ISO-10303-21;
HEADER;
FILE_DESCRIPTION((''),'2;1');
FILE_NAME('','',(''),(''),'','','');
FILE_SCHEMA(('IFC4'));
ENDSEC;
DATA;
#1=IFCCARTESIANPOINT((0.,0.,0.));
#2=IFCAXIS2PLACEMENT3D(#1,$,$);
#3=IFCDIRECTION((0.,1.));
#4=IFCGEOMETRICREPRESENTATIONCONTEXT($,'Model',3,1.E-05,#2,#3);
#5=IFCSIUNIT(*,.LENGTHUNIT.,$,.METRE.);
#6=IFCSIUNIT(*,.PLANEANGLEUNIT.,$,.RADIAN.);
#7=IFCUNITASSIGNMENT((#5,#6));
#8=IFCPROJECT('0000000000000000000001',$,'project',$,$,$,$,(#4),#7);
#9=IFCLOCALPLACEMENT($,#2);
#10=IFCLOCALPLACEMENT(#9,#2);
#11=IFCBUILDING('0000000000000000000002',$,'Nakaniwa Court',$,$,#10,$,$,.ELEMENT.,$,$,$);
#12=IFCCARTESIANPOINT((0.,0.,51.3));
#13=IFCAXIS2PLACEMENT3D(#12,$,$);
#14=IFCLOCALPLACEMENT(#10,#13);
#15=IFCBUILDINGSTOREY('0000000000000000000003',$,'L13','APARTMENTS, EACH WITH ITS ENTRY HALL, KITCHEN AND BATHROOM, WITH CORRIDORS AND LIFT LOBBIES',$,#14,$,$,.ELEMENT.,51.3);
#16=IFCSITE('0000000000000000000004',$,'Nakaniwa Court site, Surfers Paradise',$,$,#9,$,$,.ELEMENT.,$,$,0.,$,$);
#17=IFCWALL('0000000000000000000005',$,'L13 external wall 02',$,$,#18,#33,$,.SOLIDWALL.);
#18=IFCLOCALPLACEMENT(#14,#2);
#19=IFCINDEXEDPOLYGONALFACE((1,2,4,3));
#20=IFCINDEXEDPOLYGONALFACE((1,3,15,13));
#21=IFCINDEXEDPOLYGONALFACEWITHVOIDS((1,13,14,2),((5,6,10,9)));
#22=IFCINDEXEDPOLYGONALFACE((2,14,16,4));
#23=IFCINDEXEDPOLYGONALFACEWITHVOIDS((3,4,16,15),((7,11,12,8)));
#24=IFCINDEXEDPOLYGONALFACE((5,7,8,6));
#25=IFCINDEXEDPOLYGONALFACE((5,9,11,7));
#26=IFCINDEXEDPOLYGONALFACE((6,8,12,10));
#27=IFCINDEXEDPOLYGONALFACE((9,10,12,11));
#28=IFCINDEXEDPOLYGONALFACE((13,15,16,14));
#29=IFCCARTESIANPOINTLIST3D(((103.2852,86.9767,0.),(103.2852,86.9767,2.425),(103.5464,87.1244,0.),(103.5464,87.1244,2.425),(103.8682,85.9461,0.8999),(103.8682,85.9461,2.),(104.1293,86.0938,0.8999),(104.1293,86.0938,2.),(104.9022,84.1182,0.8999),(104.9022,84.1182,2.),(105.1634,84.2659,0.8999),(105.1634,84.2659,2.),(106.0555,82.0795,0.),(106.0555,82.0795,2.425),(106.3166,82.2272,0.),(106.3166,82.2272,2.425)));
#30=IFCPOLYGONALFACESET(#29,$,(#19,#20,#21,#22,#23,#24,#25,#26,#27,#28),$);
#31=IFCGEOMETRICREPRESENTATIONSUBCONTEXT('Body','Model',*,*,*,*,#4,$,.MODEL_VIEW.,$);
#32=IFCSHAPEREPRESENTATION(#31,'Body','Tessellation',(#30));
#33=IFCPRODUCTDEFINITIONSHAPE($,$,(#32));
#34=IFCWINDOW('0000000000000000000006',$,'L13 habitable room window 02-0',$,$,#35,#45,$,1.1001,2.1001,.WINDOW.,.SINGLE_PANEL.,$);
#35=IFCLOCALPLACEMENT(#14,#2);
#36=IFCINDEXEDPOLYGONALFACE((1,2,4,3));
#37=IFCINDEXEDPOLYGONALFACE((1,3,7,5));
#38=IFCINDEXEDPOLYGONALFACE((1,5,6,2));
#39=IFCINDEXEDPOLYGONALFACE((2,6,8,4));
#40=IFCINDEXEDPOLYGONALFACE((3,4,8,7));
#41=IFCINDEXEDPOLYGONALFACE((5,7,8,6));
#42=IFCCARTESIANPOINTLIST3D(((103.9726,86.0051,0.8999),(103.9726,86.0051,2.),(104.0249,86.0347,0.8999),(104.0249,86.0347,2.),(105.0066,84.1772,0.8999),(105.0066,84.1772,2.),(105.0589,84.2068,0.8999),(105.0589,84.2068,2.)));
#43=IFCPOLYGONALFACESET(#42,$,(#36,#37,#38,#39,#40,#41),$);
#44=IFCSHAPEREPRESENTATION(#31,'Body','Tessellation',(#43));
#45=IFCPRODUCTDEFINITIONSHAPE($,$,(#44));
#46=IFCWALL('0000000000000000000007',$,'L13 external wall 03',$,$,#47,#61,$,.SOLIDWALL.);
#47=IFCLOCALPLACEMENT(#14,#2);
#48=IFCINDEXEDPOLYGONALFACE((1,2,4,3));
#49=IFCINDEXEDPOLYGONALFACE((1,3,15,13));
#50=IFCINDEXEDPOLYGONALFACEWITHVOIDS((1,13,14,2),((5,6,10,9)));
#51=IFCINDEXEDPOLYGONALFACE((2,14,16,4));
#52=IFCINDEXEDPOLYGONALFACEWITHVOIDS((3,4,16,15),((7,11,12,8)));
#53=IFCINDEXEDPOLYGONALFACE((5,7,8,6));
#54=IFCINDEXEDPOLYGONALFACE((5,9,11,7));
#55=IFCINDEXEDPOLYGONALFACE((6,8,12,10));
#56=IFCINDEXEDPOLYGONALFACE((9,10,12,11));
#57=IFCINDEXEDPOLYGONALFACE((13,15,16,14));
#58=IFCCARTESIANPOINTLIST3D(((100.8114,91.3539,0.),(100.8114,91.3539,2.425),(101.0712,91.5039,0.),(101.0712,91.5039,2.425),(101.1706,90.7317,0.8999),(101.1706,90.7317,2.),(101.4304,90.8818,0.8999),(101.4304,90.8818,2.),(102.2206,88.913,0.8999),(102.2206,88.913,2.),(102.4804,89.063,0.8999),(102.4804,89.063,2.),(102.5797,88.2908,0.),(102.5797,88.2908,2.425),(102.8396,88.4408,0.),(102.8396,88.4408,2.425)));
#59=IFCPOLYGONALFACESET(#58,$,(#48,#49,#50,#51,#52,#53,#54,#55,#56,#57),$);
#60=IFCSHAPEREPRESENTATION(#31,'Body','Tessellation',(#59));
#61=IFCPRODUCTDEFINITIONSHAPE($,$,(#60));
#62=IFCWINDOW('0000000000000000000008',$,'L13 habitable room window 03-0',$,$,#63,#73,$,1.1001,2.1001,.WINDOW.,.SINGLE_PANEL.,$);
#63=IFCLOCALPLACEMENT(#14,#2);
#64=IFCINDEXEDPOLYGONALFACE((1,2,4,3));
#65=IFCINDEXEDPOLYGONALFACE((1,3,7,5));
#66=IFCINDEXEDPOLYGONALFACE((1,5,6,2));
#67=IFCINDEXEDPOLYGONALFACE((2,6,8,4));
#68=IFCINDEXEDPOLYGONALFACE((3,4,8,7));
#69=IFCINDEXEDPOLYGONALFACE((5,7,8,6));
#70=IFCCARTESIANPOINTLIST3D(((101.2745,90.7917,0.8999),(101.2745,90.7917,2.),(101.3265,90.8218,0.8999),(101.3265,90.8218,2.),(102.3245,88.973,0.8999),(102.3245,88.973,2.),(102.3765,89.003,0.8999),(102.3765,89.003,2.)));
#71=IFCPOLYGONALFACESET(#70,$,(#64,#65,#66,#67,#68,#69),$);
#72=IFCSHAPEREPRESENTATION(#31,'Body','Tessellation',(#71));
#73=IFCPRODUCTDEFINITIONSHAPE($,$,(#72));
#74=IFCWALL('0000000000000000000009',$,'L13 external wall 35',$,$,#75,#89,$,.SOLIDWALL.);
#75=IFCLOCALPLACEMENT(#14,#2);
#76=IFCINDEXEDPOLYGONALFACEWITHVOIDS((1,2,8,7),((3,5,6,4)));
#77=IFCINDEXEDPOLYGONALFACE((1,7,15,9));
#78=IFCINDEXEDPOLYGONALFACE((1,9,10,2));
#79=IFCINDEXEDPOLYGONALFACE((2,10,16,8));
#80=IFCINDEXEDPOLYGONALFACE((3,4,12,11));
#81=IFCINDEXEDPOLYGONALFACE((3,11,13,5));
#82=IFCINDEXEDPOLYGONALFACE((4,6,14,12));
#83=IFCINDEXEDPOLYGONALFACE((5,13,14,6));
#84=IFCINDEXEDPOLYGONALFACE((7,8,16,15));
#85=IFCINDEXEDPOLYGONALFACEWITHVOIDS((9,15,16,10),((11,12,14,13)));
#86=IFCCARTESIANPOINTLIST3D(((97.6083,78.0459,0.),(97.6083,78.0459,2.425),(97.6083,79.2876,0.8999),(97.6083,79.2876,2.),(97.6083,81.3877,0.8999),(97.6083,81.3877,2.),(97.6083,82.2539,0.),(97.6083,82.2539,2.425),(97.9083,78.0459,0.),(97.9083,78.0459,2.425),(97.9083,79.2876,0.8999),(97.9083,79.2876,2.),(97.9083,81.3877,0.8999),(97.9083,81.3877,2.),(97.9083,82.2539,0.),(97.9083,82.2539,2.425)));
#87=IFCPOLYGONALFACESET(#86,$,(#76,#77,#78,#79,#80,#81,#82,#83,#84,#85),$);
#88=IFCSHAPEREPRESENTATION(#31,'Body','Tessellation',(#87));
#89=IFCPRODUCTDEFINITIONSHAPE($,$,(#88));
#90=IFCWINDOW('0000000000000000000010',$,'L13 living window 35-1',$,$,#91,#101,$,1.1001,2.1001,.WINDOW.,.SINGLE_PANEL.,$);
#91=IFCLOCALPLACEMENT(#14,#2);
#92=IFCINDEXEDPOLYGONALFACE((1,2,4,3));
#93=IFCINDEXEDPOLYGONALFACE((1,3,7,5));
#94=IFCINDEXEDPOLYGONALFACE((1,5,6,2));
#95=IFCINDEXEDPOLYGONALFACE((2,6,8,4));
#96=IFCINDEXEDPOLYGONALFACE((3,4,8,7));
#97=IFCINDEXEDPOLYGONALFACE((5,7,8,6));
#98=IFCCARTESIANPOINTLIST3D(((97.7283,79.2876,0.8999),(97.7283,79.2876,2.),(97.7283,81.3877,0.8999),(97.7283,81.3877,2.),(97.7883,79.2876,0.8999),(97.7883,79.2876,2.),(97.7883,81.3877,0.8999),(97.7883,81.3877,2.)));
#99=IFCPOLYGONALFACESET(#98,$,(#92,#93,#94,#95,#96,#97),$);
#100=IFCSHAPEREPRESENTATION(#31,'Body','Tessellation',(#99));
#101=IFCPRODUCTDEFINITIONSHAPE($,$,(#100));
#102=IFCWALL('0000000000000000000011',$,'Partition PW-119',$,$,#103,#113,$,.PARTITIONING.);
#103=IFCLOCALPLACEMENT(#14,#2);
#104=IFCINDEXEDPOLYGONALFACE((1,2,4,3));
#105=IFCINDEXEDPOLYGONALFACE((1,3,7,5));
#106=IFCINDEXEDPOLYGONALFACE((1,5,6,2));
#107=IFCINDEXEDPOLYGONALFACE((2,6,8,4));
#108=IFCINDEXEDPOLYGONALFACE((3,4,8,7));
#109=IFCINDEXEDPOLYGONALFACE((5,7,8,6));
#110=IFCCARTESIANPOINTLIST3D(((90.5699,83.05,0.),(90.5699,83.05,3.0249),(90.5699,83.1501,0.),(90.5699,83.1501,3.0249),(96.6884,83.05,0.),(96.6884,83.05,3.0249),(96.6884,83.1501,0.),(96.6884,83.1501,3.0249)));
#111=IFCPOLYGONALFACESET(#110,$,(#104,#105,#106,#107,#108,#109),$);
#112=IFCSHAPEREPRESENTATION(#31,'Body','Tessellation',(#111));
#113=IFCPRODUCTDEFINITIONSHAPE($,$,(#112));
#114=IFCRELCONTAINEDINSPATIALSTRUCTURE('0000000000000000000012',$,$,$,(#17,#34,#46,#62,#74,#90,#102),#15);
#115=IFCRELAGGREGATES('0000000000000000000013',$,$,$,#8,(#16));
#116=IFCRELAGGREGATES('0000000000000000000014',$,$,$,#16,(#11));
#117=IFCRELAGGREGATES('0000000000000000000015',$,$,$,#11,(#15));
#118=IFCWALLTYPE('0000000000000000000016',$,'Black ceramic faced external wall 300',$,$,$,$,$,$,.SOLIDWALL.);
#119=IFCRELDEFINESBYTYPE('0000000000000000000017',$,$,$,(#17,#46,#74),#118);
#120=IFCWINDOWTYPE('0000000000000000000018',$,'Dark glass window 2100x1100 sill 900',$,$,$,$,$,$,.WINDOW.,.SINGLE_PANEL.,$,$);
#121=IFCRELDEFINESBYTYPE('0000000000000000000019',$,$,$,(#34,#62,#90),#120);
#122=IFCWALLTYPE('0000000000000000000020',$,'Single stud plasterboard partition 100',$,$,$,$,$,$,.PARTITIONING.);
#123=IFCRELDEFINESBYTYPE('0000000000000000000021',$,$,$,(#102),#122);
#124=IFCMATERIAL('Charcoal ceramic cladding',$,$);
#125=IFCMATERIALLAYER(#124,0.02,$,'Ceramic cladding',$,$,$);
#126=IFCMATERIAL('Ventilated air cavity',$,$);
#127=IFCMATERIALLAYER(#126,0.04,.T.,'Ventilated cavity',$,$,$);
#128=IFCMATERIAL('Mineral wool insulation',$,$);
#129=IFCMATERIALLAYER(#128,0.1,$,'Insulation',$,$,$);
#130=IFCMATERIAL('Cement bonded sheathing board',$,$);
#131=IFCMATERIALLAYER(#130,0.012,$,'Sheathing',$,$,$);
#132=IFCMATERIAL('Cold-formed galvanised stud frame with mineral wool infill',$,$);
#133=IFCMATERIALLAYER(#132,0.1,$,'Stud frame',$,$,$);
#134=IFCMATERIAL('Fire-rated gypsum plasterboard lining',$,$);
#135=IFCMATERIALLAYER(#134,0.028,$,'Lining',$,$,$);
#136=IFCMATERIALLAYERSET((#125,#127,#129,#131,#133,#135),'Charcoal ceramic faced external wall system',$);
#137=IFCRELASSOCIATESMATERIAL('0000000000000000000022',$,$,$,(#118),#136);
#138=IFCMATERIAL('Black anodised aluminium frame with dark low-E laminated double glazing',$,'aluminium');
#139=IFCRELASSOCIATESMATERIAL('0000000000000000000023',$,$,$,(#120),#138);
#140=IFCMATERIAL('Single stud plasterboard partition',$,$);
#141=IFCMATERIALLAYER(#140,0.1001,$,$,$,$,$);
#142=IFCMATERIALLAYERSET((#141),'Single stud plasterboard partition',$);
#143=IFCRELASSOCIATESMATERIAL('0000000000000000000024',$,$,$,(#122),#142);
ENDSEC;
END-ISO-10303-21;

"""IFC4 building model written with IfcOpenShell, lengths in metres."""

from ifc_helpers import new_model, si_unit, direction, frame, frame_2d, origin, place, context, subcontext, project, spatial, rectangle, extrude, material, layer, layer_set, type_object, element, fill, save


model = new_model("IFC4")

# Units and contexts
model_context = context("Model", 3, precision=1e-05, world=origin(), true_north=direction((0.0, 1.0)))
body_context = subcontext(model_context, "Body", "Model", "MODEL_VIEW")
ifc_project = project(units=[si_unit("LENGTHUNIT", "METRE"), si_unit("PLANEANGLEUNIT", "RADIAN")], contexts=[model_context])

# Site, building, storey
site_placement = place(None, origin())
site = spatial("IfcSite", under=ifc_project, at=site_placement, Name="Nakaniwa Court site, Surfers Paradise", CompositionType="ELEMENT", RefElevation=0.0)
building_placement = place(site_placement, origin())
building = spatial("IfcBuilding", under=site, at=building_placement, Name="Nakaniwa Court", CompositionType="ELEMENT")
storey_placement = place(building_placement, frame((0.0, 0.0, 51.3)))
storey = spatial("IfcBuildingStorey", under=building, at=storey_placement, Name="L13", Description="APARTMENTS, EACH WITH ITS ENTRY HALL, KITCHEN AND BATHROOM, WITH CORRIDORS AND LIFT LOBBIES", CompositionType="ELEMENT", Elevation=51.3)

# Shared definitions
ifc_material_1 = material(Name="Charcoal ceramic cladding")
ifc_layer_1 = layer(ifc_material_1, 0.02, Name="Ceramic cladding")
ifc_material_2 = material(Name="Ventilated air cavity")
ifc_layer_2 = layer(ifc_material_2, 0.04, ventilated=True, Name="Ventilated cavity")
ifc_material_3 = material(Name="Mineral wool insulation")
ifc_layer_3 = layer(ifc_material_3, 0.1, Name="Insulation")
ifc_material_4 = material(Name="Cement bonded sheathing board")
ifc_layer_4 = layer(ifc_material_4, 0.012, Name="Sheathing")
ifc_material_5 = material(Name="Cold-formed galvanised stud frame with mineral wool infill")
ifc_layer_5 = layer(ifc_material_5, 0.1, Name="Stud frame")
ifc_material_6 = material(Name="Fire-rated gypsum plasterboard lining")
ifc_layer_6 = layer(ifc_material_6, 0.028, Name="Lining")
ifc_layer_set_1 = layer_set([ifc_layer_1, ifc_layer_2, ifc_layer_3, ifc_layer_4, ifc_layer_5, ifc_layer_6], Name="Charcoal ceramic faced external wall system")
wall_type_1 = type_object("IfcWallType", Name="Black ceramic faced external wall 300", PredefinedType="SOLIDWALL", material=ifc_layer_set_1)

# Walls, openings, windows
wall_1_placement = place(storey_placement, frame((106.186, 82.1533, 0.0), z_axis=(0.0, 0.0, 1.0), x_axis=(-0.492363, 0.87039, 0.0)))
wall_1 = element("IfcWall", 1, at=wall_1_placement, inside=storey, type_object=wall_type_1, Name="L13 external wall 02", PredefinedType="SOLIDWALL", context=body_context, shape_type="SweptSolid", body=[
    extrude(rectangle(XDim=5.6265, YDim=0.3, at=frame_2d((2.8132, 0.0))), origin(), (0.0, 0.0, 1.0), 2.425),
])
opening_1_placement = place(wall_1_placement, frame((2.3423, 0.0, 0.8999)))
opening_1 = element("IfcOpeningElement", 2, at=opening_1_placement, cuts=wall_1, PredefinedType="OPENING", context=body_context, shape_type="SweptSolid", body=[
    extrude(rectangle(XDim=2.1001, YDim=1.1001, at=frame_2d((1.05, 0.55))), frame((0.0, 0.1599, 0.0), z_axis=(0.0, -1.0, 0.0), x_axis=(1.0, 0.0, 0.0)), (0.0, 0.0, 1.0), 0.3201),
])
ifc_material_7 = material(Name="Black anodised aluminium frame with dark low-E laminated double glazing", Category="aluminium")
window_type = type_object("IfcWindowType", Name="Dark glass window 2100x1100 sill 900", PartitioningType="SINGLE_PANEL", PredefinedType="WINDOW", material=ifc_material_7)
window_1_placement = place(opening_1_placement, origin())
window_1 = element("IfcWindow", 3, at=window_1_placement, inside=storey, type_object=window_type, Name="L13 habitable room window 02-0", OverallHeight=1.1001, OverallWidth=2.1001, PartitioningType="SINGLE_PANEL", PredefinedType="WINDOW", context=body_context, shape_type="SweptSolid", body=[
    extrude(rectangle(XDim=2.1001, YDim=1.1001, at=frame_2d((1.05, 0.55))), frame((0.0, 0.03, 0.0), z_axis=(0.0, -1.0, 0.0), x_axis=(1.0, 0.0, 0.0)), (0.0, 0.0, 1.0), 0.0601),
])
fill(opening_1, window_1)
wall_2_placement = place(storey_placement, frame((102.7097, 88.3657, 0.0), z_axis=(0.0, 0.0, 1.0), x_axis=(-0.499977, 0.866038, 0.0)))
wall_2 = element("IfcWall", 4, at=wall_2_placement, inside=storey, type_object=wall_type_1, Name="L13 external wall 03", PredefinedType="SOLIDWALL", context=body_context, shape_type="SweptSolid", body=[
    extrude(rectangle(XDim=3.5369, YDim=0.3, at=frame_2d((1.7686, 0.0))), origin(), (0.0, 0.0, 1.0), 2.425),
])
opening_2_placement = place(wall_2_placement, frame((0.7185, 0.0, 0.8999)))
opening_2 = element("IfcOpeningElement", 5, at=opening_2_placement, cuts=wall_2, PredefinedType="OPENING", context=body_context, shape_type="SweptSolid", body=[
    extrude(rectangle(XDim=2.1001, YDim=1.1001, at=frame_2d((1.05, 0.55))), frame((0.0, 0.1599, 0.0), z_axis=(0.0, -1.0, 0.0), x_axis=(1.0, 0.0, 0.0)), (0.0, 0.0, 1.0), 0.3201),
])
window_2_placement = place(opening_2_placement, origin())
window_2 = element("IfcWindow", 6, at=window_2_placement, inside=storey, type_object=window_type, Name="L13 habitable room window 03-0", OverallHeight=1.1001, OverallWidth=2.1001, PartitioningType="SINGLE_PANEL", PredefinedType="WINDOW", context=body_context, shape_type="SweptSolid", body=[
    extrude(rectangle(XDim=2.1001, YDim=1.1001, at=frame_2d((1.05, 0.55))), frame((0.0, 0.03, 0.0), z_axis=(0.0, -1.0, 0.0), x_axis=(1.0, 0.0, 0.0)), (0.0, 0.0, 1.0), 0.0601),
])
fill(opening_2, window_2)
wall_3_placement = place(storey_placement, frame((97.7583, 78.0459, 0.0), z_axis=(0.0, 0.0, 1.0), x_axis=(0.0, 1.0, 0.0)))
wall_3 = element("IfcWall", 7, at=wall_3_placement, inside=storey, type_object=wall_type_1, Name="L13 external wall 35", PredefinedType="SOLIDWALL", context=body_context, shape_type="SweptSolid", body=[
    extrude(rectangle(XDim=4.208, YDim=0.3, at=frame_2d((2.104, 0.0))), origin(), (0.0, 0.0, 1.0), 2.425),
])
opening_3_placement = place(wall_3_placement, frame((1.2417, 0.0, 0.8999)))
opening_3 = element("IfcOpeningElement", 8, at=opening_3_placement, cuts=wall_3, PredefinedType="OPENING", context=body_context, shape_type="SweptSolid", body=[
    extrude(rectangle(XDim=2.1001, YDim=1.1001, at=frame_2d((1.05, 0.55))), frame((0.0, 0.1599, 0.0), z_axis=(0.0, -1.0, 0.0), x_axis=(1.0, 0.0, 0.0)), (0.0, 0.0, 1.0), 0.3201),
])
window_3_placement = place(opening_3_placement, origin())
window_3 = element("IfcWindow", 9, at=window_3_placement, inside=storey, type_object=window_type, Name="L13 living window 35-1", OverallHeight=1.1001, OverallWidth=2.1001, PartitioningType="SINGLE_PANEL", PredefinedType="WINDOW", context=body_context, shape_type="SweptSolid", body=[
    extrude(rectangle(XDim=2.1001, YDim=1.1001, at=frame_2d((1.05, 0.55))), frame((0.0, 0.03, 0.0), z_axis=(0.0, -1.0, 0.0), x_axis=(1.0, 0.0, 0.0)), (0.0, 0.0, 1.0), 0.0601),
])
fill(opening_3, window_3)

# Wall
ifc_material_8 = material(Name="Single stud plasterboard partition")
ifc_layer_7 = layer(ifc_material_8, 0.1001)
ifc_layer_set_2 = layer_set([ifc_layer_7], Name="Single stud plasterboard partition")
wall_type_2 = type_object("IfcWallType", Name="Single stud plasterboard partition 100", PredefinedType="PARTITIONING", material=ifc_layer_set_2)
wall_4_placement = place(storey_placement, frame((90.5701, 83.1001, 0.0), z_axis=(0.0, 0.0, 1.0), x_axis=(1.0, 0.0, 0.0)))
element("IfcWall", 10, at=wall_4_placement, inside=storey, type_object=wall_type_2, Name="Partition PW-119", PredefinedType="PARTITIONING", context=body_context, shape_type="SweptSolid", body=[
    extrude(rectangle(XDim=6.1184, YDim=0.1001, at=frame_2d((3.0591, 0.0))), origin(), (0.0, 0.0, 1.0), 3.0249),
])

save(model, "model.ifc")
